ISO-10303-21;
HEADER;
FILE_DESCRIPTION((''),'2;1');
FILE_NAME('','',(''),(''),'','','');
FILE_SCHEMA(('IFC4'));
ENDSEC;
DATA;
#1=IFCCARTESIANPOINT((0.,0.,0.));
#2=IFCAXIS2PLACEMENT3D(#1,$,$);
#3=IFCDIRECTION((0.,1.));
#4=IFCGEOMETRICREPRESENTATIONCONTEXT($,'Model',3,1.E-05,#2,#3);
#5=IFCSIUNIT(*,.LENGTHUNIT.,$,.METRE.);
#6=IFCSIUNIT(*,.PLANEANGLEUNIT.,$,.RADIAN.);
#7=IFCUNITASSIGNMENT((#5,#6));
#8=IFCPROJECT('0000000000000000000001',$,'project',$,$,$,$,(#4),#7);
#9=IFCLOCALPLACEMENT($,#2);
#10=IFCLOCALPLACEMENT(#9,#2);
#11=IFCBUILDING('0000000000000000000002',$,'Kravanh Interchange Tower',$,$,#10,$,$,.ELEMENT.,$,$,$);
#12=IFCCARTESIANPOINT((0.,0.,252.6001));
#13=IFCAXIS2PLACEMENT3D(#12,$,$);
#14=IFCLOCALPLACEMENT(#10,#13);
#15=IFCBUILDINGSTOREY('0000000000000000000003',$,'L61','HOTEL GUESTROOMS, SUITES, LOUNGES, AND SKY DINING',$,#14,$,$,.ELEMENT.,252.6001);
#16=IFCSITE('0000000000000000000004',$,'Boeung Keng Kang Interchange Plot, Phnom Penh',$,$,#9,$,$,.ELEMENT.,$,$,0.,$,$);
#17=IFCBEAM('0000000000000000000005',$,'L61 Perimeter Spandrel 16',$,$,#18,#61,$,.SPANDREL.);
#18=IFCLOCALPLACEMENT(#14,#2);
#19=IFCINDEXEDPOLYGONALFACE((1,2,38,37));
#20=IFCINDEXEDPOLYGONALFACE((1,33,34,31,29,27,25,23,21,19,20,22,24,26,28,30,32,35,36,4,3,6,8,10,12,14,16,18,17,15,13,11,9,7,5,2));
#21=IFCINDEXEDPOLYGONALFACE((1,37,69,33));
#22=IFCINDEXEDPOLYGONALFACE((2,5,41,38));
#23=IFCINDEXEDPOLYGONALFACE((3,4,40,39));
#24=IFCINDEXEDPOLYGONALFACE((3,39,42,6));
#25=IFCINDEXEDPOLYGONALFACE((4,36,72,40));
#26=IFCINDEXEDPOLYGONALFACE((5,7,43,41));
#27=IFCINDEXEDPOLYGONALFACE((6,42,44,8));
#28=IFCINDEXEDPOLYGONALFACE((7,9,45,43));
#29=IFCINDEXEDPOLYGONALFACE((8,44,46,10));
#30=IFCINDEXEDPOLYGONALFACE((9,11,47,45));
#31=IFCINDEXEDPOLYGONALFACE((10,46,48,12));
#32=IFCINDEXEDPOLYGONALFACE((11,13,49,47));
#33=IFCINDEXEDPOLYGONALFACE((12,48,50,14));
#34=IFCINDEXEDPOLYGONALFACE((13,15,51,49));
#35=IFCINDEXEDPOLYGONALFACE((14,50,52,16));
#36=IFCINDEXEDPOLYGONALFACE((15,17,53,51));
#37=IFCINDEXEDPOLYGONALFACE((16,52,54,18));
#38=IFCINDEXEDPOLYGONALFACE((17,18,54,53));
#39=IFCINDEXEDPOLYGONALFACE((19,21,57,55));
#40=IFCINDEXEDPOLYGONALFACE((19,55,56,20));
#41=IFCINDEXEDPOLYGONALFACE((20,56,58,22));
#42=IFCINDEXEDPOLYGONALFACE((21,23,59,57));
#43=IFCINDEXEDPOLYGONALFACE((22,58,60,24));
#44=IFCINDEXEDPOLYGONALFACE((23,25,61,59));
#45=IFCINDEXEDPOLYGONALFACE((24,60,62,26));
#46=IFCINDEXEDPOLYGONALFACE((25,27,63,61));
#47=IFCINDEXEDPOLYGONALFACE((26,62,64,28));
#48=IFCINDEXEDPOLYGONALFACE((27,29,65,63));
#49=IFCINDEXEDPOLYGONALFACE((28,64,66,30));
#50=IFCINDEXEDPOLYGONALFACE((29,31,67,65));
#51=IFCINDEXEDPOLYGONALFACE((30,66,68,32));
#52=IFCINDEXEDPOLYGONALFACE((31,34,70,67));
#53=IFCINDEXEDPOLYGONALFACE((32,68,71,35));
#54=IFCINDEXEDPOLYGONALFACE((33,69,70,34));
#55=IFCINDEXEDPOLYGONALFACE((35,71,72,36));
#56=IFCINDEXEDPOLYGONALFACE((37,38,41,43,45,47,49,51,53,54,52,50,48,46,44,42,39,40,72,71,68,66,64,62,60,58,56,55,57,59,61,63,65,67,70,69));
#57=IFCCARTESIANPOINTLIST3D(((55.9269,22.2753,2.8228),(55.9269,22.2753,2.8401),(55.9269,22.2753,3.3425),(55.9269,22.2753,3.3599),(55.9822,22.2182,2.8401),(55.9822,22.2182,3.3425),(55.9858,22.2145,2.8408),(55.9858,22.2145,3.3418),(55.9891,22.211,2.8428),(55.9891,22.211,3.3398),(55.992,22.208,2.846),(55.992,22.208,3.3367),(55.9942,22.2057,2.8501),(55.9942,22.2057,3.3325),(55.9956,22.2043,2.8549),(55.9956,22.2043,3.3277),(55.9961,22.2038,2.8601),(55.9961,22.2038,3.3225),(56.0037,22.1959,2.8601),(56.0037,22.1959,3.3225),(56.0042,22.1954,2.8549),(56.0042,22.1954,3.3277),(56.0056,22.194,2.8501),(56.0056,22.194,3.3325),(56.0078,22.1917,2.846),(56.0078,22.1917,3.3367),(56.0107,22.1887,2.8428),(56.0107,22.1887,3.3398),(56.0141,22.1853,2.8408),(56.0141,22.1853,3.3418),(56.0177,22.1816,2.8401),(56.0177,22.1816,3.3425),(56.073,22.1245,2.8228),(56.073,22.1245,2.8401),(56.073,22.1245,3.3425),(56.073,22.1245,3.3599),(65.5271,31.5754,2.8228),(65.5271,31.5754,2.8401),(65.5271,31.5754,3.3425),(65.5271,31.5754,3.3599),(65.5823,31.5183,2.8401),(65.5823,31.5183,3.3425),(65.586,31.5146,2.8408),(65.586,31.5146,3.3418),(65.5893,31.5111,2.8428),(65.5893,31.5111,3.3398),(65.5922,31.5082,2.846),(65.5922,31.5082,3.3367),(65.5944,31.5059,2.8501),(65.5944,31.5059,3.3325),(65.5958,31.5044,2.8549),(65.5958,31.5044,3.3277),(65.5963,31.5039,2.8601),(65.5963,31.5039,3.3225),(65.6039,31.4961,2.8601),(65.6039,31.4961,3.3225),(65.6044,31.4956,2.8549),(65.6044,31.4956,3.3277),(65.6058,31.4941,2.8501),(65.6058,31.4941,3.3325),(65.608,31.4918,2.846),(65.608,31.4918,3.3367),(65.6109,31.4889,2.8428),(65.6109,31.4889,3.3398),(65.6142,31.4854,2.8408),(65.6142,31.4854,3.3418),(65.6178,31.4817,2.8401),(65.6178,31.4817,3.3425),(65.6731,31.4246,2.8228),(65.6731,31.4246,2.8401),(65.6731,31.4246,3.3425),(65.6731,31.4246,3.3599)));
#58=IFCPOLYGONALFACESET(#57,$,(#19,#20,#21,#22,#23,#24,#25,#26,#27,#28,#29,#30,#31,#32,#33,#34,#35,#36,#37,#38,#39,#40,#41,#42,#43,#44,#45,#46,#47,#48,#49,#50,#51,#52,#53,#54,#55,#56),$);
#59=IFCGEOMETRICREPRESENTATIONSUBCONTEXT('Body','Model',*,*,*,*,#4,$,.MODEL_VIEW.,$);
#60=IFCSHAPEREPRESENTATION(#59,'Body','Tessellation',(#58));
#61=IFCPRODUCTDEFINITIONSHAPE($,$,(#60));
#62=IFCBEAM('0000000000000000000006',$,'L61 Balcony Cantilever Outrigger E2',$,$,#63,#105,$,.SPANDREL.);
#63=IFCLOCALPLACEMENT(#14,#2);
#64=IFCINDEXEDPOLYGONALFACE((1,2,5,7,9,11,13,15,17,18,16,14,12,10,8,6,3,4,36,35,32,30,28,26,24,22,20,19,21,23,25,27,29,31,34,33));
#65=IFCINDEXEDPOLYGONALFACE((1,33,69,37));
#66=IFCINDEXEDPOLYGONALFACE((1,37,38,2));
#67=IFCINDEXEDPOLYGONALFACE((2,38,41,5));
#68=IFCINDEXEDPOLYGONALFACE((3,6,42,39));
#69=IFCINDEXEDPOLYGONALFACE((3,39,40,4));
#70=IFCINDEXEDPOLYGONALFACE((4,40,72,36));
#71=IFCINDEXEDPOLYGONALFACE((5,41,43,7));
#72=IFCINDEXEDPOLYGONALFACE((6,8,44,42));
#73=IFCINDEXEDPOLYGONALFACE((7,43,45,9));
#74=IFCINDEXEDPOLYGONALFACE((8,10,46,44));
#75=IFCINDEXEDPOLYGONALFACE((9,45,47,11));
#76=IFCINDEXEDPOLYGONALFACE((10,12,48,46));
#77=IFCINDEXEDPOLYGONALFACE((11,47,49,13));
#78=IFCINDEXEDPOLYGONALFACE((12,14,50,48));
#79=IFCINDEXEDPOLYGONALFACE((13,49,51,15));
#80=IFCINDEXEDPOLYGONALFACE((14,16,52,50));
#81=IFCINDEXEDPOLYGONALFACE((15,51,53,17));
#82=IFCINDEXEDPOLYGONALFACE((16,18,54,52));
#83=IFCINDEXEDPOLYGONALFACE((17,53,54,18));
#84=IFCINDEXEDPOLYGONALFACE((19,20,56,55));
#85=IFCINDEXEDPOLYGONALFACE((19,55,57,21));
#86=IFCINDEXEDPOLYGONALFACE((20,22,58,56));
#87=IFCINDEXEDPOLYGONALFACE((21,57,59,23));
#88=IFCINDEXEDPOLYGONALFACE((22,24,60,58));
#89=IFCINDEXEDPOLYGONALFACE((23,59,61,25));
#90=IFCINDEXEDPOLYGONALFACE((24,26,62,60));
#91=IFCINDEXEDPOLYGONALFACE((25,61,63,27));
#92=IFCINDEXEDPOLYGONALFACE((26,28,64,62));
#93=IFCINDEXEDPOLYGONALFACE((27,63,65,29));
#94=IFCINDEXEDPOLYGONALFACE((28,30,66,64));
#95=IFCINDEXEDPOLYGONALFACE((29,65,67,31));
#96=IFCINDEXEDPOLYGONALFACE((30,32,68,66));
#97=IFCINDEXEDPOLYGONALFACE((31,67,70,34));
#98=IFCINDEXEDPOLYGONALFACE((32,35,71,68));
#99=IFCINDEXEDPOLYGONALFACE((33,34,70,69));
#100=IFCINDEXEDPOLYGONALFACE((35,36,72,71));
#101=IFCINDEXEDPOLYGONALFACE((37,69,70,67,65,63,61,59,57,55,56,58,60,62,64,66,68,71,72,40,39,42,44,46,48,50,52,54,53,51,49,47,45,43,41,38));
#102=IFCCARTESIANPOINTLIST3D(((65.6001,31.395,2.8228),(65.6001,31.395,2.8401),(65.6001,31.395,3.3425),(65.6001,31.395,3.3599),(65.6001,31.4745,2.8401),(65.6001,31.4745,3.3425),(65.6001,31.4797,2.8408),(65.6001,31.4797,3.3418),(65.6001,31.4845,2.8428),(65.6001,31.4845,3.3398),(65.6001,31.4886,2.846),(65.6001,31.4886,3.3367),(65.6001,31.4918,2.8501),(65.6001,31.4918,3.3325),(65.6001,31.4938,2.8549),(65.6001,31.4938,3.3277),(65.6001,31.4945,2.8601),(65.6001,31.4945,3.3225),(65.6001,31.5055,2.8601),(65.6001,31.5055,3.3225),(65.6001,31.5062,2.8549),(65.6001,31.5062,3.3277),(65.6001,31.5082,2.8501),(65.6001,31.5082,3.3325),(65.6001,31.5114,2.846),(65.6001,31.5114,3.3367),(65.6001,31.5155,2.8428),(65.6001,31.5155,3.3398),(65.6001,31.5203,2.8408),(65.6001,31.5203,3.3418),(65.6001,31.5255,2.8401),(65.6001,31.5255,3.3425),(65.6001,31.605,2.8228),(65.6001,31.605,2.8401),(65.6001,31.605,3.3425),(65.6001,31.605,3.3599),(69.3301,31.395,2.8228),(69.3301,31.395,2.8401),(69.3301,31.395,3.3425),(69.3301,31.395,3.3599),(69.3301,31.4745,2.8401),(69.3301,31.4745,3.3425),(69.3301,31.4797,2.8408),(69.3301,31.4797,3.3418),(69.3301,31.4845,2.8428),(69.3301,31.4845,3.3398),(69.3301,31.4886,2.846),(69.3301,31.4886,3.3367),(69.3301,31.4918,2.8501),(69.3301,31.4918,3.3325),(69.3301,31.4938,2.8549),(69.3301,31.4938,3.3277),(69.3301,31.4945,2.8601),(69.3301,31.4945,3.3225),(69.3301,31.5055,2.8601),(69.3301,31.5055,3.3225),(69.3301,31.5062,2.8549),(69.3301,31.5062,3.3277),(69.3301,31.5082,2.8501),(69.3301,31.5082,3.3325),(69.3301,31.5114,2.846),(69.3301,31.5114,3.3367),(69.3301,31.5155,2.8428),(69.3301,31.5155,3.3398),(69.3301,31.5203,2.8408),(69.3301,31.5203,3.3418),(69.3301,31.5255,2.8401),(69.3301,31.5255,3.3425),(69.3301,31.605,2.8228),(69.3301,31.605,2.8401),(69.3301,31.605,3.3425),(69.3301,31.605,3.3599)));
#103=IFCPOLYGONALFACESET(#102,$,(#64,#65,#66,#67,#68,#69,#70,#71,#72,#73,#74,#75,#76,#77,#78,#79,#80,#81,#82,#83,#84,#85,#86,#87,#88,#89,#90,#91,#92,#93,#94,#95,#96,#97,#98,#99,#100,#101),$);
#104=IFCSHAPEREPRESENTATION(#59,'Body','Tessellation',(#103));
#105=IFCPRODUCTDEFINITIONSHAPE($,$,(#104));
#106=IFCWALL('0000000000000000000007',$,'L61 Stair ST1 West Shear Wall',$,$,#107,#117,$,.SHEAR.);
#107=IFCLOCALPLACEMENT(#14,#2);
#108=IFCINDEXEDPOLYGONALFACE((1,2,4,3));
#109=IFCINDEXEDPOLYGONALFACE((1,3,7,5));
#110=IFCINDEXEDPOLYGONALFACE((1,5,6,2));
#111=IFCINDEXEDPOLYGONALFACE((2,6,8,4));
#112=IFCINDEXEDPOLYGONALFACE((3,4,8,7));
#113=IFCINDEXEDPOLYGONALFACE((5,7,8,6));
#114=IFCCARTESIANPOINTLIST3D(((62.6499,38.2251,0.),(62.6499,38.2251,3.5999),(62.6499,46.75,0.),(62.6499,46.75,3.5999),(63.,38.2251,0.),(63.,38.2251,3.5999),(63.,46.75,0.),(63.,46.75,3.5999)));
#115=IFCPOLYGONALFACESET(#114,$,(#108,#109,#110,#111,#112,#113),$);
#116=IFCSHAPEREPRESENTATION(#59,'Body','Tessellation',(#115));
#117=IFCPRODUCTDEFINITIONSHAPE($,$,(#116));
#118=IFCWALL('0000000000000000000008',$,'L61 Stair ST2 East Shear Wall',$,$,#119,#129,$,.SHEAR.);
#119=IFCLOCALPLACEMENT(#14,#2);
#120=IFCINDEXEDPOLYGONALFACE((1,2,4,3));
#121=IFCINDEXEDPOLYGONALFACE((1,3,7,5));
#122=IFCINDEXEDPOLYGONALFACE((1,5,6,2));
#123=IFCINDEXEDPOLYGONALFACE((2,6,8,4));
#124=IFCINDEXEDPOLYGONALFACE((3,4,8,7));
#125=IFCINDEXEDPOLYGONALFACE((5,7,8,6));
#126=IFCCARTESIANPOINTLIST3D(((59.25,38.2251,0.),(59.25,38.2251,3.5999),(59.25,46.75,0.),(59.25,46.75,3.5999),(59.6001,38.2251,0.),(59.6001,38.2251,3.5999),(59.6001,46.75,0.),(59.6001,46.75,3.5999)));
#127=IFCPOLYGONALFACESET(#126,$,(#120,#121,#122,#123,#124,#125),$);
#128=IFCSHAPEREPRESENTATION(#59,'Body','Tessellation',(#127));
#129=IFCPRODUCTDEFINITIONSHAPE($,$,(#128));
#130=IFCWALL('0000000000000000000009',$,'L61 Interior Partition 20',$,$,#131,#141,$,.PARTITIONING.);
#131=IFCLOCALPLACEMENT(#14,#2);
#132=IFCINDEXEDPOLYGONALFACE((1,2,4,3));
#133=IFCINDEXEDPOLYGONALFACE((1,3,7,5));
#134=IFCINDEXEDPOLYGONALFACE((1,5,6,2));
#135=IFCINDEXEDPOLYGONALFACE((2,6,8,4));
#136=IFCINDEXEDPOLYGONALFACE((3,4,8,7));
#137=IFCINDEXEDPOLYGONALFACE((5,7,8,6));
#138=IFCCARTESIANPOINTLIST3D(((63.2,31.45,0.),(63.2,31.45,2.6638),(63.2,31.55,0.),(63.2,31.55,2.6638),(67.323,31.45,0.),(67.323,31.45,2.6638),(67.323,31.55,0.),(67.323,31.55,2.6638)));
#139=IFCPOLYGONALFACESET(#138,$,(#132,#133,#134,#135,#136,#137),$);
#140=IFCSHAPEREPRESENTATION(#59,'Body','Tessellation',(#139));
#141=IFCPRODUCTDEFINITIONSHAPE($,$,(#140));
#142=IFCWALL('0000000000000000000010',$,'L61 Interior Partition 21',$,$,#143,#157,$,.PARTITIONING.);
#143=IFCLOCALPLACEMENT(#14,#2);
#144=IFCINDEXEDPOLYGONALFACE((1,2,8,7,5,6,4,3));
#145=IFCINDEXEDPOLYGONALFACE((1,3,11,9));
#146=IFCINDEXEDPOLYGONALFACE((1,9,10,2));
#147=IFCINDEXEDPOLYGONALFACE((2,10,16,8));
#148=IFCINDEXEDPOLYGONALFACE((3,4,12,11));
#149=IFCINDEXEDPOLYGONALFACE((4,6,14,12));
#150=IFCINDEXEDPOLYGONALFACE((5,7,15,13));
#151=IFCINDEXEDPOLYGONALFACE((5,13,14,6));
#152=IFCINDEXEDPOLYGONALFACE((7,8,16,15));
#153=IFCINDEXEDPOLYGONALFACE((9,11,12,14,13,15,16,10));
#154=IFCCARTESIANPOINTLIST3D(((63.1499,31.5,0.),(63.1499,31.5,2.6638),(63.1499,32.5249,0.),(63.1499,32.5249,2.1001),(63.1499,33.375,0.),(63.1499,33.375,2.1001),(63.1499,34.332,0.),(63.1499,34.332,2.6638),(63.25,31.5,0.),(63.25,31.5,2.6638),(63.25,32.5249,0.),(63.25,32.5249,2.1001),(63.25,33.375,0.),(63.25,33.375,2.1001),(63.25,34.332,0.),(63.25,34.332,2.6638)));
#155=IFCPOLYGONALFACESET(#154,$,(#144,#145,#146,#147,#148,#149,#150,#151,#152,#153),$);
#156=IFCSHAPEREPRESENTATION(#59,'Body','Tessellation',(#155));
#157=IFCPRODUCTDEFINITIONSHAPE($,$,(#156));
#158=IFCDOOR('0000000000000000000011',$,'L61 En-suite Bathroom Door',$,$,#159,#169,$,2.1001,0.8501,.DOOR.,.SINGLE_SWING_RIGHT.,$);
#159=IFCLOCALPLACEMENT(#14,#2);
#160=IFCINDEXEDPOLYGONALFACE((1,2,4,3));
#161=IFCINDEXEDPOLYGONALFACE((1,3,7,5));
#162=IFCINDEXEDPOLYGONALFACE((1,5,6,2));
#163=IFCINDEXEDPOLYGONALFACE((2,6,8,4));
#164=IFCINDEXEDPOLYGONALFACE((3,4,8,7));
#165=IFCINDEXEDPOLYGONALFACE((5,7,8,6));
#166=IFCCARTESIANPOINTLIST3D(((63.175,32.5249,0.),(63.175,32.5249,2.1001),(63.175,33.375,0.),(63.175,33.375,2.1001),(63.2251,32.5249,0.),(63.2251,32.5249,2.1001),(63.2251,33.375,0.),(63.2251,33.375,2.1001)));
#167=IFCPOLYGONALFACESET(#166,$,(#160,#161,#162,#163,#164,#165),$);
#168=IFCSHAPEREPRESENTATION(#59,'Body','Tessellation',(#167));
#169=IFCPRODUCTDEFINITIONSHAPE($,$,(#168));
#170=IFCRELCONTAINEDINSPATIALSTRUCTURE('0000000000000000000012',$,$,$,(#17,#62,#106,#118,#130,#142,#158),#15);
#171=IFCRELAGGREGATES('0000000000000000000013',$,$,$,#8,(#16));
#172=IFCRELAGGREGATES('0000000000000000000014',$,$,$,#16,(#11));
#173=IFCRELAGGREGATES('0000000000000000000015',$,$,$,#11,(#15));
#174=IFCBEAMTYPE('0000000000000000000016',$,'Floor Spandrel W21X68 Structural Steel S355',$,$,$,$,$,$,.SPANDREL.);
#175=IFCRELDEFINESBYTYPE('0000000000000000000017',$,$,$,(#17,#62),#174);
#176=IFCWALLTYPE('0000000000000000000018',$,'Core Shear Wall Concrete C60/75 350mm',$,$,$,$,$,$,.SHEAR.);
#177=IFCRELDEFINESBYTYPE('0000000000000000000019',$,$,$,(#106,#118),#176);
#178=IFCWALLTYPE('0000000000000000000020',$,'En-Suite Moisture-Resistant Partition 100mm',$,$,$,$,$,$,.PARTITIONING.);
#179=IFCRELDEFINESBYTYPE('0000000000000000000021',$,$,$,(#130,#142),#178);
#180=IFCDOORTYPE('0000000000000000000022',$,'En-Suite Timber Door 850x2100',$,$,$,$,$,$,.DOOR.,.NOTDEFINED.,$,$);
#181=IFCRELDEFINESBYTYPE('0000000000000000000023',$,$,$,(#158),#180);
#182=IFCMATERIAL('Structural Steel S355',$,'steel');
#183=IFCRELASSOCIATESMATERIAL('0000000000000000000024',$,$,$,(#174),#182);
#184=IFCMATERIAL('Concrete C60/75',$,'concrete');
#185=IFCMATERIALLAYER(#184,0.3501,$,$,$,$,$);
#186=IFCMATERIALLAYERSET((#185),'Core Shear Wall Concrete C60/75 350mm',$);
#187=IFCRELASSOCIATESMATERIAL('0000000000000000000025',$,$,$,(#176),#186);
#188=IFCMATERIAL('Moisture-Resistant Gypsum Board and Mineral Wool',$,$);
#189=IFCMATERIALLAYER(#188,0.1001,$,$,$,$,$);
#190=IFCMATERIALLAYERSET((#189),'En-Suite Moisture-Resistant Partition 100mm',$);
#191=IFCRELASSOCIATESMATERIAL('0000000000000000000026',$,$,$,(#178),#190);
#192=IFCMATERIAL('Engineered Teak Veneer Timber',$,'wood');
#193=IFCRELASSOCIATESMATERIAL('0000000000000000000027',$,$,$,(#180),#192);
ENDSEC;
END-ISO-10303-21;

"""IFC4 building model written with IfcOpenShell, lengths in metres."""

from ifc_helpers import new_model, si_unit, direction, frame, frame_2d, origin, origin_2d, place, context, subcontext, project, spatial, rectangle, i_section, extrude, material, layer, layer_set, material_profile, profile_set, type_object, element, fill, save


model = new_model("IFC4")

# Units and contexts
model_context = context("Model", 3, precision=1e-05, world=origin(), true_north=direction((0.0, 1.0)))
body_context = subcontext(model_context, "Body", "Model", "MODEL_VIEW")
ifc_project = project(units=[si_unit("LENGTHUNIT", "METRE"), si_unit("PLANEANGLEUNIT", "RADIAN")], contexts=[model_context])

# Site, building, storey
site_placement = place(None, origin())
site = spatial("IfcSite", under=ifc_project, at=site_placement, Name="Boeung Keng Kang Interchange Plot, Phnom Penh", CompositionType="ELEMENT", RefElevation=0.0)
building_placement = place(site_placement, origin())
building = spatial("IfcBuilding", under=site, at=building_placement, Name="Kravanh Interchange Tower", CompositionType="ELEMENT")
storey_placement = place(building_placement, frame((0.0, 0.0, 252.6001)))
storey = spatial("IfcBuildingStorey", under=building, at=storey_placement, Name="L61", Description="HOTEL GUESTROOMS, SUITES, LOUNGES, AND SKY DINING", CompositionType="ELEMENT", Elevation=252.6001)

# Beams
ifc_material_1 = material(Name="Structural Steel S355", Category="steel")
ifc_material_profile_1 = material_profile(ifc_material_1, i_section(OverallWidth=0.21, OverallDepth=0.5371, WebThickness=0.011, FlangeThickness=0.0173, FilletRadius=0.02, at=origin_2d()), Name="W21X68")
ifc_profile_set_1 = profile_set([ifc_material_profile_1], Name="Structural Steel S355")
beam_type_1 = type_object("IfcBeamType", Name="Floor Spandrel W21X68 Structural Steel S355", PredefinedType="SPANDREL", material=ifc_profile_set_1)
beam_1_placement = place(storey_placement, frame((65.6001, 31.5, 3.0913), z_axis=(-0.718242, -0.695793, 0.0), x_axis=(0.695793, -0.718242, 0.0)))
element("IfcBeam", 1, at=beam_1_placement, inside=storey, type_object=beam_type_1, Name="L61 Perimeter Spandrel 16", PredefinedType="SPANDREL", context=body_context, shape_type="SweptSolid", body=[
    extrude(i_section(OverallWidth=0.21, OverallDepth=0.5371, WebThickness=0.011, FlangeThickness=0.0173, FilletRadius=0.02, at=origin_2d()), origin(), (0.0, 0.0, 1.0), 13.3662),
])
beam_2_placement = place(storey_placement, frame((65.6001, 31.5, 3.0913), z_axis=(1.0, 0.0, 0.0), x_axis=(0.0, 1.0, 0.0)))
element("IfcBeam", 2, at=beam_2_placement, inside=storey, type_object=beam_type_1, Name="L61 Balcony Cantilever Outrigger E2", PredefinedType="SPANDREL", context=body_context, shape_type="SweptSolid", body=[
    extrude(i_section(OverallWidth=0.21, OverallDepth=0.5371, WebThickness=0.011, FlangeThickness=0.0173, FilletRadius=0.02, at=origin_2d()), origin(), (0.0, 0.0, 1.0), 3.73),
])

# Walls
ifc_material_2 = material(Name="Concrete C60/75", Category="concrete")
ifc_layer_1 = layer(ifc_material_2, 0.3501)
ifc_layer_set_1 = layer_set([ifc_layer_1], Name="Core Shear Wall Concrete C60/75 350mm")
wall_type_1 = type_object("IfcWallType", Name="Core Shear Wall Concrete C60/75 350mm", PredefinedType="SHEAR", material=ifc_layer_set_1)
for number, where, z_axis, x_axis, name in (
    (3, (62.825, 38.2251, 0.0), (0.0, 0.0, 1.0), (0.0, 1.0, 0.0), "L61 Stair ST1 West Shear Wall"),
    (4, (59.425, 38.2251, 0.0), (0.0, 0.0, 1.0), (0.0, 1.0, 0.0), "L61 Stair ST2 East Shear Wall"),
):
    element("IfcWall", number, at=place(storey_placement, frame(where, z_axis=z_axis, x_axis=x_axis)), inside=storey, type_object=wall_type_1, Name=name, PredefinedType="SHEAR", context=body_context, shape_type="SweptSolid", body=[
        extrude(rectangle(XDim=8.5249, YDim=0.3501, at=frame_2d((4.2625, 0.0))), origin(), (0.0, 0.0, 1.0), 3.5999),
    ])
ifc_material_3 = material(Name="Moisture-Resistant Gypsum Board and Mineral Wool")
ifc_layer_2 = layer(ifc_material_3, 0.1001)
ifc_layer_set_2 = layer_set([ifc_layer_2], Name="En-Suite Moisture-Resistant Partition 100mm")
wall_type_2 = type_object("IfcWallType", Name="En-Suite Moisture-Resistant Partition 100mm", PredefinedType="PARTITIONING", material=ifc_layer_set_2)
wall_1_placement = place(storey_placement, frame((63.2, 31.5, 0.0), z_axis=(0.0, 0.0, 1.0), x_axis=(1.0, 0.0, 0.0)))
element("IfcWall", 5, at=wall_1_placement, inside=storey, type_object=wall_type_2, Name="L61 Interior Partition 20", PredefinedType="PARTITIONING", context=body_context, shape_type="SweptSolid", body=[
    extrude(rectangle(XDim=4.123, YDim=0.1001, at=frame_2d((2.0615, 0.0))), origin(), (0.0, 0.0, 1.0), 2.6638),
])

# Wall, opening, door
wall_2_placement = place(storey_placement, frame((63.2, 31.5, 0.0), z_axis=(0.0, 0.0, 1.0), x_axis=(0.0, 1.0, 0.0)))
wall_2 = element("IfcWall", 6, at=wall_2_placement, inside=storey, type_object=wall_type_2, Name="L61 Interior Partition 21", PredefinedType="PARTITIONING", context=body_context, shape_type="SweptSolid", body=[
    extrude(rectangle(XDim=2.832, YDim=0.1001, at=frame_2d((1.416, 0.0))), origin(), (0.0, 0.0, 1.0), 2.6638),
])
opening_1_placement = place(wall_2_placement, frame((1.0249, 0.0, 0.0)))
opening_1 = element("IfcOpeningElement", 7, at=opening_1_placement, cuts=wall_2, PredefinedType="OPENING", context=body_context, shape_type="SweptSolid", body=[
    extrude(rectangle(XDim=0.8501, YDim=2.1001, at=frame_2d((0.425, 1.05))), frame((0.0, 0.0601, 0.0), z_axis=(0.0, -1.0, 0.0), x_axis=(1.0, 0.0, 0.0)), (0.0, 0.0, 1.0), 0.1201),
])
ifc_material_4 = material(Name="Engineered Teak Veneer Timber", Category="wood")
door_type_1 = type_object("IfcDoorType", Name="En-Suite Timber Door 850x2100", OperationType="NOTDEFINED", PredefinedType="DOOR", material=ifc_material_4)
door_1_placement = place(opening_1_placement, origin())
door_1 = element("IfcDoor", 8, at=door_1_placement, inside=storey, type_object=door_type_1, Name="L61 En-suite Bathroom Door", OperationType="SINGLE_SWING_RIGHT", OverallHeight=2.1001, OverallWidth=0.8501, PredefinedType="DOOR", context=body_context, shape_type="SweptSolid", body=[
    extrude(rectangle(XDim=0.8501, YDim=2.1001, at=frame_2d((0.425, 1.05))), frame((0.0, 0.0249, 0.0), z_axis=(0.0, -1.0, 0.0), x_axis=(1.0, 0.0, 0.0)), (0.0, 0.0, 1.0), 0.05),
])
fill(opening_1, door_1)

save(model, "model.ifc")
